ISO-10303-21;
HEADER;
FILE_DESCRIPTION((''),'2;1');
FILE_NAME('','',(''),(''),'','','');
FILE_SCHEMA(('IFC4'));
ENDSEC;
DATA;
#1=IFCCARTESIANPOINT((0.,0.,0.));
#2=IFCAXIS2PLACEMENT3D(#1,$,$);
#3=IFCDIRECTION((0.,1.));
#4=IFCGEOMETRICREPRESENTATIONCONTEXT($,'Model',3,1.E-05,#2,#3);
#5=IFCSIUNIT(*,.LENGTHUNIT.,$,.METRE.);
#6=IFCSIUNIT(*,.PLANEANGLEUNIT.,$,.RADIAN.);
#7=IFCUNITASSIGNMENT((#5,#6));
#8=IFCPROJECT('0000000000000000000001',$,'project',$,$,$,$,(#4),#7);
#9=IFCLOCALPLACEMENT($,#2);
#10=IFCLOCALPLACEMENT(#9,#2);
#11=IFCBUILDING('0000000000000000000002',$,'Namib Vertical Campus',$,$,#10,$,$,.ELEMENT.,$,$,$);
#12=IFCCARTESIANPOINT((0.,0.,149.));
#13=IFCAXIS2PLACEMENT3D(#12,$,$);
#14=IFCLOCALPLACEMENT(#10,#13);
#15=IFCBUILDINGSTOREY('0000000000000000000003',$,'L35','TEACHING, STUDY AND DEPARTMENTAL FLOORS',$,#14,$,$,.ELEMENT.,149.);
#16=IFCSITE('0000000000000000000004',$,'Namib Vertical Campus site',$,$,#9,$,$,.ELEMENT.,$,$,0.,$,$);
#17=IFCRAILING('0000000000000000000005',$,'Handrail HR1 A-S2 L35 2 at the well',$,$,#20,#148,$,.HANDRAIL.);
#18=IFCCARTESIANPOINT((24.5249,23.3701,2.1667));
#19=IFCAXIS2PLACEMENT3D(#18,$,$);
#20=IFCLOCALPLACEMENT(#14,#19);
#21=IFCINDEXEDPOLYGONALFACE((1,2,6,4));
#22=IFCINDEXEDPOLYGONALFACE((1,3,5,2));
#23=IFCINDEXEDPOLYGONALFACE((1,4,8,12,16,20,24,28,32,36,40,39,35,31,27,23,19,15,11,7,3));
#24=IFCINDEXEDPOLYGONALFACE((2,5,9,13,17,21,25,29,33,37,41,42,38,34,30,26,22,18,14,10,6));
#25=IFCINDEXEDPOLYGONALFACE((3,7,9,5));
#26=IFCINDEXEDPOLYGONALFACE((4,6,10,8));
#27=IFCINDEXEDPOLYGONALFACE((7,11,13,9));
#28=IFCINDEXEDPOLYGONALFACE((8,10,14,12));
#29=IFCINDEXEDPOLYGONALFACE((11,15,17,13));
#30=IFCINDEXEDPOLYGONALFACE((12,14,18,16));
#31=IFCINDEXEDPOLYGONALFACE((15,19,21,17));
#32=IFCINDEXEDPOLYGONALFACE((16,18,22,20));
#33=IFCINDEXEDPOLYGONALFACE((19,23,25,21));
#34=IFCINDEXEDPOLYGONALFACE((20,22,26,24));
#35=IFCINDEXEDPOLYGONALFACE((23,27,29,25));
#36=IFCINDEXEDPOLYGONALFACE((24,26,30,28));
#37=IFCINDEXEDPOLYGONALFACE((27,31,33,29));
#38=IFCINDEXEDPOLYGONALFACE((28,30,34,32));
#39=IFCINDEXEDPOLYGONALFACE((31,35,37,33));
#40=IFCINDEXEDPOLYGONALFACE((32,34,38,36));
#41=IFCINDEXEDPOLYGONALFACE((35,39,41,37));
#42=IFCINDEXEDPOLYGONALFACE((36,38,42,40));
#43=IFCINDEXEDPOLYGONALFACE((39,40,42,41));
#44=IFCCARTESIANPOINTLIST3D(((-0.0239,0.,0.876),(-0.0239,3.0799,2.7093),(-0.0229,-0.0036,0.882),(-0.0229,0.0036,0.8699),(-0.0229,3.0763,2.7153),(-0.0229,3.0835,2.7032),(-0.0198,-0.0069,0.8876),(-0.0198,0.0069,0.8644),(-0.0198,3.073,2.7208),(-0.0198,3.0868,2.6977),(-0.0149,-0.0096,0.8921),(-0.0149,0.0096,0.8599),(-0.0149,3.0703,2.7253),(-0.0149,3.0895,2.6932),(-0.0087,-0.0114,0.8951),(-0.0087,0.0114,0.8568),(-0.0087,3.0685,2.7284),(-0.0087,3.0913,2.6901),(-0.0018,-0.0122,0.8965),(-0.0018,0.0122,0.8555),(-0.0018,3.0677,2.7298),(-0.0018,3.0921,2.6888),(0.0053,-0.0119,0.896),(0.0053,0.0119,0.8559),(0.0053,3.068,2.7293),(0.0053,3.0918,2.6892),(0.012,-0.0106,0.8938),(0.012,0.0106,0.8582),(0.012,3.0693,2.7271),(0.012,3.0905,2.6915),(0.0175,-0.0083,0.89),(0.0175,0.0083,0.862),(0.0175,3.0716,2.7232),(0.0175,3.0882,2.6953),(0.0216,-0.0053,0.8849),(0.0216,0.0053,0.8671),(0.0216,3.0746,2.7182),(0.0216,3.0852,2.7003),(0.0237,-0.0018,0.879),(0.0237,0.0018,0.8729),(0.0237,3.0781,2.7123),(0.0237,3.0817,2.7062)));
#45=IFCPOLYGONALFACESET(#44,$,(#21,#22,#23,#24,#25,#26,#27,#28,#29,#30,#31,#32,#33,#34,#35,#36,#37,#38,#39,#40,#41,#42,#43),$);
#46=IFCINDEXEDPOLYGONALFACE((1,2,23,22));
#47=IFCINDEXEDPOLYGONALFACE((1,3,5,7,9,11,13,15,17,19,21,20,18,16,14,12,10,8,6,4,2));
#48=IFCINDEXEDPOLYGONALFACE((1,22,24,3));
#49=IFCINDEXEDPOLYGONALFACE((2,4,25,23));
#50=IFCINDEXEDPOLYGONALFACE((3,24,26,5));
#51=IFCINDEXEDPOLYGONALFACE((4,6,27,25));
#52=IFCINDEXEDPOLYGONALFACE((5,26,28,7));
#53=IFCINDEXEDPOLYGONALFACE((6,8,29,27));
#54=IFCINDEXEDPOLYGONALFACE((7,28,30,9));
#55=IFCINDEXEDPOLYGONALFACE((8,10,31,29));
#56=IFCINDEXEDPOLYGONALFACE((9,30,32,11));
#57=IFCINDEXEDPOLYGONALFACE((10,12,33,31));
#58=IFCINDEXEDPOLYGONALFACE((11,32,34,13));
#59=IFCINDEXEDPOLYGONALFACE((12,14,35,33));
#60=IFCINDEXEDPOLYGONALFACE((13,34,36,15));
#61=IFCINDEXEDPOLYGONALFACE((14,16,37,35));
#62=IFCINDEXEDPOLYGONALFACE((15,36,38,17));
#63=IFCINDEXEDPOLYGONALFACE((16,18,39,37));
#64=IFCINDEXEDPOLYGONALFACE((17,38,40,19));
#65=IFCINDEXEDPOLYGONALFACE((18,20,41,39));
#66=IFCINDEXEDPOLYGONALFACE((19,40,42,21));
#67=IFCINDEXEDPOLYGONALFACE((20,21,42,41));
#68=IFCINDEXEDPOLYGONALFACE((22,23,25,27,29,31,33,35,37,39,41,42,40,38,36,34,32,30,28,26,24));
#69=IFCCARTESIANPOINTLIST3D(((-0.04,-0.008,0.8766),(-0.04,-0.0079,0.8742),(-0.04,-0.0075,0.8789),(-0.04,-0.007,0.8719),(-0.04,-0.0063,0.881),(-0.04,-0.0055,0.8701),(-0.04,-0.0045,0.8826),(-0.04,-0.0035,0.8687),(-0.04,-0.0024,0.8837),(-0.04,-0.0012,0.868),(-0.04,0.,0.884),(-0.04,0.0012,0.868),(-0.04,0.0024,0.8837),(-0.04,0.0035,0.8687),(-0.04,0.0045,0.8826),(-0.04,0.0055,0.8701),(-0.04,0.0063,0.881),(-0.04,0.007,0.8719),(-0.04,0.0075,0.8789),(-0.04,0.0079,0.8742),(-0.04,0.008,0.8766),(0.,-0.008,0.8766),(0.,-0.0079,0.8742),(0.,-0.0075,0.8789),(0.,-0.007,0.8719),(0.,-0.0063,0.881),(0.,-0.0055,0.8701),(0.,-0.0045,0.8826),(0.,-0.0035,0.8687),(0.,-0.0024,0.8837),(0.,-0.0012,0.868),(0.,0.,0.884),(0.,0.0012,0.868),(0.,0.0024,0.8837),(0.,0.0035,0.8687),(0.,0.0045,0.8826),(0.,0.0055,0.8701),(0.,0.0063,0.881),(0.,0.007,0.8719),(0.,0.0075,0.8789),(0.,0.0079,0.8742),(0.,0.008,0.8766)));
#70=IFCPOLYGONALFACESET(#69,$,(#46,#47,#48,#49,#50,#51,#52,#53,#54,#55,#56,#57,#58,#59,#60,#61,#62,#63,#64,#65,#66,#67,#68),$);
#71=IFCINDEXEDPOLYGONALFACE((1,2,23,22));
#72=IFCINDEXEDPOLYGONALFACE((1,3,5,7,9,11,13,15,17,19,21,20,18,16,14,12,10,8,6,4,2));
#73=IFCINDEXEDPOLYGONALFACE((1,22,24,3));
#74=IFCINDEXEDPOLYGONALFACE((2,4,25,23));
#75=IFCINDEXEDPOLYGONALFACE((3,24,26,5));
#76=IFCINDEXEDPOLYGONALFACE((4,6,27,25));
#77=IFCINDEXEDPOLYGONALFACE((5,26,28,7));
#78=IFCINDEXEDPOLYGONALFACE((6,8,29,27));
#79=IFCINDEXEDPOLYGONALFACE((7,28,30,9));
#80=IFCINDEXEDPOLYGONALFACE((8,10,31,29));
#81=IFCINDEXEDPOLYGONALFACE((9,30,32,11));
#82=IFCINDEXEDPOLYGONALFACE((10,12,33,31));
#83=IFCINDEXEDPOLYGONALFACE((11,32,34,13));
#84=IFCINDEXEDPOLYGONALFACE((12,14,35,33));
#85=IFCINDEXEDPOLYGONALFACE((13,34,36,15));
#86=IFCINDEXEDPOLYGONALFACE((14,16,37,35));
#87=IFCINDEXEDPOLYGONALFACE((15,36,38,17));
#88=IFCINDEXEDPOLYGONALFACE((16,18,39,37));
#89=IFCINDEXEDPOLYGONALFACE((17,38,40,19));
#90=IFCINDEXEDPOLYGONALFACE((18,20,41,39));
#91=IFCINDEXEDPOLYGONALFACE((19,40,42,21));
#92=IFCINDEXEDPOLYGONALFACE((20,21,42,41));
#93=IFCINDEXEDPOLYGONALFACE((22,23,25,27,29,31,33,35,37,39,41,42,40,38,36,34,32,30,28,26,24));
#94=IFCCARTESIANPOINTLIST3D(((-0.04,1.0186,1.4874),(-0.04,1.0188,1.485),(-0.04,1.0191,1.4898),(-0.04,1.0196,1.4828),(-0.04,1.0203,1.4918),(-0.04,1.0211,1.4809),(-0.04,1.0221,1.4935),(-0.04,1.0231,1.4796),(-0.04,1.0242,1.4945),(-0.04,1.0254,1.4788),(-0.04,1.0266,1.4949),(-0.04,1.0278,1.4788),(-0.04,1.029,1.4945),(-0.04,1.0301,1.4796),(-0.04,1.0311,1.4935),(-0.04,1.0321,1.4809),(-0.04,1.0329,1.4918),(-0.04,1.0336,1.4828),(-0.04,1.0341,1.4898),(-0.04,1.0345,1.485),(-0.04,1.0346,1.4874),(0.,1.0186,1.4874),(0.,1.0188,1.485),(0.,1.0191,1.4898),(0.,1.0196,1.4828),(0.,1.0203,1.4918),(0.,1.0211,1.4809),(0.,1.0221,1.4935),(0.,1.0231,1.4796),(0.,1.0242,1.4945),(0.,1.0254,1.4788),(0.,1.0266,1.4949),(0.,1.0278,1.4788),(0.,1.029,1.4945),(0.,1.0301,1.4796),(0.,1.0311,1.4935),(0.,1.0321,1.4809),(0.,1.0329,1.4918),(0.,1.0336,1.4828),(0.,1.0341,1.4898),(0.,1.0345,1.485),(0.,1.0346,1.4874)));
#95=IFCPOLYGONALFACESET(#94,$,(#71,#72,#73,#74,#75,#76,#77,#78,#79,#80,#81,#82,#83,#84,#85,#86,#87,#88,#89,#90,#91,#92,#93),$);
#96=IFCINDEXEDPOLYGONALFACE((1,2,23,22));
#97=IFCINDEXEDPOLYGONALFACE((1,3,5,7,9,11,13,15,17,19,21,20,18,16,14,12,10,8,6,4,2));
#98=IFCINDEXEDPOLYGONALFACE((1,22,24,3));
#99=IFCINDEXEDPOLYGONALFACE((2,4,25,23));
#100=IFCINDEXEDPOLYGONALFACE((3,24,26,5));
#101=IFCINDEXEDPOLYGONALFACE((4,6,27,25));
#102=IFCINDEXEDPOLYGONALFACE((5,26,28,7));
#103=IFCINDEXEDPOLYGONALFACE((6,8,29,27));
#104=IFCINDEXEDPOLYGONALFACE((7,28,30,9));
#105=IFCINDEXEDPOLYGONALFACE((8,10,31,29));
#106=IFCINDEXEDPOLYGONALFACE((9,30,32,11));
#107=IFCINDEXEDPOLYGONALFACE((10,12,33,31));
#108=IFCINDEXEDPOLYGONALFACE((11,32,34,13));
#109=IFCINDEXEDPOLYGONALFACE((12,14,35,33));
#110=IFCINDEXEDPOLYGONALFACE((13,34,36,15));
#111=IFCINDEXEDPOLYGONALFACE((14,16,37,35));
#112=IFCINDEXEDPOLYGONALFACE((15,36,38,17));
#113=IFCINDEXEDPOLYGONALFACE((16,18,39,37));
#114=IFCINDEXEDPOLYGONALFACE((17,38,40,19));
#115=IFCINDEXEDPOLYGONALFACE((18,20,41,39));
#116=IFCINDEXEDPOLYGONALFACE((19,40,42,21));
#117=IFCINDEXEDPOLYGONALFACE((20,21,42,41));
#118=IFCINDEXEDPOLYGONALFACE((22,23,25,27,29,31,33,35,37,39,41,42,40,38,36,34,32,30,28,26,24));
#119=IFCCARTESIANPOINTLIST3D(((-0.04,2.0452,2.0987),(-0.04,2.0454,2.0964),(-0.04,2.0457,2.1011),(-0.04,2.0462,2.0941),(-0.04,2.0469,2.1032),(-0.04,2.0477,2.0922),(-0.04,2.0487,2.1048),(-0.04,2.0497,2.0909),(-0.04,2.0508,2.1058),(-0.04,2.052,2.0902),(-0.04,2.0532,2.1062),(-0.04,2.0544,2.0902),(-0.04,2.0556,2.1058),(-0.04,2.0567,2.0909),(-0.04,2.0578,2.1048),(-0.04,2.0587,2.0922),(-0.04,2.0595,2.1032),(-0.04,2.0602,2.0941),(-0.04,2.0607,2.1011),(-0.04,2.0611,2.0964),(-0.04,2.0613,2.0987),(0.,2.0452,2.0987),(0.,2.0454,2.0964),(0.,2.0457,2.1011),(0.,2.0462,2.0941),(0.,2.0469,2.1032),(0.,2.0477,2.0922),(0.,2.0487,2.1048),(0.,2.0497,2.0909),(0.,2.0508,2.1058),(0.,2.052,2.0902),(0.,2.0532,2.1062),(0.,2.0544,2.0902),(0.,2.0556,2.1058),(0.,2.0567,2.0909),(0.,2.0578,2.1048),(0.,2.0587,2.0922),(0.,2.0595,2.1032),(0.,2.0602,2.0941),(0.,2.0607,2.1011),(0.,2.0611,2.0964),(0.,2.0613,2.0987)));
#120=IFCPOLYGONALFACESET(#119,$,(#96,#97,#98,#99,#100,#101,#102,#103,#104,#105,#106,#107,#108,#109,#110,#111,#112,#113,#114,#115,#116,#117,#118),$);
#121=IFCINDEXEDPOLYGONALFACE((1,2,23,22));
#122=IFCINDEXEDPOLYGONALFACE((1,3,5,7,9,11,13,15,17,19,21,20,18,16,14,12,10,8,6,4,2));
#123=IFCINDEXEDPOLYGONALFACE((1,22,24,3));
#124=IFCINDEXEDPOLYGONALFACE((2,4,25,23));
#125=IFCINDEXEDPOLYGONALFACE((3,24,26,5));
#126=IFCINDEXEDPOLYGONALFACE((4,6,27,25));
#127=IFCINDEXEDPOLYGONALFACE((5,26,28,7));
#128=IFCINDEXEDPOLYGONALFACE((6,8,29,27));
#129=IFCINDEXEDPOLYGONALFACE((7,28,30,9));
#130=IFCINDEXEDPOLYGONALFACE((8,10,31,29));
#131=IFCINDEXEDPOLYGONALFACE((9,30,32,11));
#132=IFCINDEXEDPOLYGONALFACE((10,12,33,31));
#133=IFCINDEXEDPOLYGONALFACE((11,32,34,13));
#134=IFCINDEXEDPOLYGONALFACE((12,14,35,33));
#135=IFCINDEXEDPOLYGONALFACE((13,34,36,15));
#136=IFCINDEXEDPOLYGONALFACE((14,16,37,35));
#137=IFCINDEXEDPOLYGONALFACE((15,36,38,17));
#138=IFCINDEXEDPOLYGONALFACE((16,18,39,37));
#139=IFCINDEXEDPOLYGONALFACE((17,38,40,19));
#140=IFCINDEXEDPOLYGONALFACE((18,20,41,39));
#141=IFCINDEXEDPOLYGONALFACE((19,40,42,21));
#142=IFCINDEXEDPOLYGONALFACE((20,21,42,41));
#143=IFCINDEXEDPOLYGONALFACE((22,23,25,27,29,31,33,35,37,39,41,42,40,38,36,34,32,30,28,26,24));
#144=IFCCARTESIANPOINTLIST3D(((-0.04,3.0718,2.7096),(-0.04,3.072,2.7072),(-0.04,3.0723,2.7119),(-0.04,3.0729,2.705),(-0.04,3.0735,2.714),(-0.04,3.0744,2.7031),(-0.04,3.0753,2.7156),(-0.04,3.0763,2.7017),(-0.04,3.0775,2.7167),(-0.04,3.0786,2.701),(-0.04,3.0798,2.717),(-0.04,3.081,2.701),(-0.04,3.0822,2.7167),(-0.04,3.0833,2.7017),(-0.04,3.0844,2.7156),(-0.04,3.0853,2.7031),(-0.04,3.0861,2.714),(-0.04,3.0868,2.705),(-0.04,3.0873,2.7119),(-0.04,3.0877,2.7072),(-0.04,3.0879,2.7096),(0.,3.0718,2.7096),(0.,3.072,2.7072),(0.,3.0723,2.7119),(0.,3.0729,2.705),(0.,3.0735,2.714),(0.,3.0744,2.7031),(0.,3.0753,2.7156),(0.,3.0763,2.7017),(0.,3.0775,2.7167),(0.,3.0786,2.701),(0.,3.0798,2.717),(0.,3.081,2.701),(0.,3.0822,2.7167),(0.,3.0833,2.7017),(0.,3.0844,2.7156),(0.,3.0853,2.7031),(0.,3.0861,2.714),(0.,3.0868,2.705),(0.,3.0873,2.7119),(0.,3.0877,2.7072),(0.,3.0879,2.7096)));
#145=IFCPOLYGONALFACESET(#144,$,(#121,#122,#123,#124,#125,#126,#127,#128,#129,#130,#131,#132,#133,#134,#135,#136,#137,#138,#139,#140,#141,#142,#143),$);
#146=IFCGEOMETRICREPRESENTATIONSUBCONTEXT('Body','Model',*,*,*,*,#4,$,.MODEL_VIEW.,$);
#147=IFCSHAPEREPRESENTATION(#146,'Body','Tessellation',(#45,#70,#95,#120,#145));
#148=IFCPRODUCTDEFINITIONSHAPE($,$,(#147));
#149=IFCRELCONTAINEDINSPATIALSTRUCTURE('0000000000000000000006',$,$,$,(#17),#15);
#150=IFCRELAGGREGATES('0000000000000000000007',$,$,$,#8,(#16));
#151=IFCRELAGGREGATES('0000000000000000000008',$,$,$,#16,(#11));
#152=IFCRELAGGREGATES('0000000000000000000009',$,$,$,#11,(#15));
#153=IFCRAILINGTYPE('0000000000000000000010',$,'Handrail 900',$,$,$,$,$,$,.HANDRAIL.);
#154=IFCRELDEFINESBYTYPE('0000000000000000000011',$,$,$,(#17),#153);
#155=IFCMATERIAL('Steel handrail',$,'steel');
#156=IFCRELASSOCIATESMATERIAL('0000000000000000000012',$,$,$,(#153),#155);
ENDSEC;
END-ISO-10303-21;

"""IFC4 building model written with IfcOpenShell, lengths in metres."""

from ifc_helpers import new_model, si_unit, direction, frame, origin, origin_2d, place, context, subcontext, project, spatial, circle, extrude, material, type_object, element, save


model = new_model("IFC4")

# Units and contexts
model_context = context("Model", 3, precision=1e-05, world=origin(), true_north=direction((0.0, 1.0)))
body_context = subcontext(model_context, "Body", "Model", "MODEL_VIEW")
ifc_project = project(units=[si_unit("LENGTHUNIT", "METRE"), si_unit("PLANEANGLEUNIT", "RADIAN")], contexts=[model_context])

# Site, building, storey
site_placement = place(None, origin())
site = spatial("IfcSite", under=ifc_project, at=site_placement, Name="Namib Vertical Campus site", CompositionType="ELEMENT", RefElevation=0.0)
building_placement = place(site_placement, origin())
building = spatial("IfcBuilding", under=site, at=building_placement, Name="Namib Vertical Campus", CompositionType="ELEMENT")
storey_placement = place(building_placement, frame((0.0, 0.0, 149.0)))
storey = spatial("IfcBuildingStorey", under=building, at=storey_placement, Name="L35", Description="TEACHING, STUDY AND DEPARTMENTAL FLOORS", CompositionType="ELEMENT", Elevation=149.0)

# Railing
ifc_material_1 = material(Name="Steel handrail", Category="steel")
railing_type_1 = type_object("IfcRailingType", Name="Handrail 900", PredefinedType="HANDRAIL", material=ifc_material_1)
railing_1_placement = place(storey_placement, frame((24.5249, 23.3701, 2.1667)))
element("IfcRailing", 1, at=railing_1_placement, inside=storey, type_object=railing_type_1, Name="Handrail HR1 A-S2 L35 2 at the well", PredefinedType="HANDRAIL", context=body_context, shape_type="SweptSolid", body=[
    extrude(circle(Radius=0.0239, at=origin_2d()), frame((0.0, 0.0, 0.876), z_axis=(0.0, 0.859291, 0.511487), x_axis=(-1.0, 0.0, 0.0)), (0.0, 0.0, 1.0), 3.5842),
    extrude(circle(Radius=0.0081, at=origin_2d()), frame((0.0, 0.0, 0.876), z_axis=(-1.0, 0.0, 0.0), x_axis=(0.0, 0.0, 1.0)), (0.0, 0.0, 1.0), 0.04),
    extrude(circle(Radius=0.0081, at=origin_2d()), frame((0.0, 1.0266, 1.4868), z_axis=(-1.0, 0.0, 0.0), x_axis=(0.0, 0.0, 1.0)), (0.0, 0.0, 1.0), 0.04),
    extrude(circle(Radius=0.0081, at=origin_2d()), frame((0.0, 2.0532, 2.0981), z_axis=(-1.0, 0.0, 0.0), x_axis=(0.0, 0.0, 1.0)), (0.0, 0.0, 1.0), 0.04),
    extrude(circle(Radius=0.0081, at=origin_2d()), frame((0.0, 3.0798, 2.709), z_axis=(-1.0, 0.0, 0.0), x_axis=(0.0, 0.0, 1.0)), (0.0, 0.0, 1.0), 0.04),
])

save(model, "model.ifc")
